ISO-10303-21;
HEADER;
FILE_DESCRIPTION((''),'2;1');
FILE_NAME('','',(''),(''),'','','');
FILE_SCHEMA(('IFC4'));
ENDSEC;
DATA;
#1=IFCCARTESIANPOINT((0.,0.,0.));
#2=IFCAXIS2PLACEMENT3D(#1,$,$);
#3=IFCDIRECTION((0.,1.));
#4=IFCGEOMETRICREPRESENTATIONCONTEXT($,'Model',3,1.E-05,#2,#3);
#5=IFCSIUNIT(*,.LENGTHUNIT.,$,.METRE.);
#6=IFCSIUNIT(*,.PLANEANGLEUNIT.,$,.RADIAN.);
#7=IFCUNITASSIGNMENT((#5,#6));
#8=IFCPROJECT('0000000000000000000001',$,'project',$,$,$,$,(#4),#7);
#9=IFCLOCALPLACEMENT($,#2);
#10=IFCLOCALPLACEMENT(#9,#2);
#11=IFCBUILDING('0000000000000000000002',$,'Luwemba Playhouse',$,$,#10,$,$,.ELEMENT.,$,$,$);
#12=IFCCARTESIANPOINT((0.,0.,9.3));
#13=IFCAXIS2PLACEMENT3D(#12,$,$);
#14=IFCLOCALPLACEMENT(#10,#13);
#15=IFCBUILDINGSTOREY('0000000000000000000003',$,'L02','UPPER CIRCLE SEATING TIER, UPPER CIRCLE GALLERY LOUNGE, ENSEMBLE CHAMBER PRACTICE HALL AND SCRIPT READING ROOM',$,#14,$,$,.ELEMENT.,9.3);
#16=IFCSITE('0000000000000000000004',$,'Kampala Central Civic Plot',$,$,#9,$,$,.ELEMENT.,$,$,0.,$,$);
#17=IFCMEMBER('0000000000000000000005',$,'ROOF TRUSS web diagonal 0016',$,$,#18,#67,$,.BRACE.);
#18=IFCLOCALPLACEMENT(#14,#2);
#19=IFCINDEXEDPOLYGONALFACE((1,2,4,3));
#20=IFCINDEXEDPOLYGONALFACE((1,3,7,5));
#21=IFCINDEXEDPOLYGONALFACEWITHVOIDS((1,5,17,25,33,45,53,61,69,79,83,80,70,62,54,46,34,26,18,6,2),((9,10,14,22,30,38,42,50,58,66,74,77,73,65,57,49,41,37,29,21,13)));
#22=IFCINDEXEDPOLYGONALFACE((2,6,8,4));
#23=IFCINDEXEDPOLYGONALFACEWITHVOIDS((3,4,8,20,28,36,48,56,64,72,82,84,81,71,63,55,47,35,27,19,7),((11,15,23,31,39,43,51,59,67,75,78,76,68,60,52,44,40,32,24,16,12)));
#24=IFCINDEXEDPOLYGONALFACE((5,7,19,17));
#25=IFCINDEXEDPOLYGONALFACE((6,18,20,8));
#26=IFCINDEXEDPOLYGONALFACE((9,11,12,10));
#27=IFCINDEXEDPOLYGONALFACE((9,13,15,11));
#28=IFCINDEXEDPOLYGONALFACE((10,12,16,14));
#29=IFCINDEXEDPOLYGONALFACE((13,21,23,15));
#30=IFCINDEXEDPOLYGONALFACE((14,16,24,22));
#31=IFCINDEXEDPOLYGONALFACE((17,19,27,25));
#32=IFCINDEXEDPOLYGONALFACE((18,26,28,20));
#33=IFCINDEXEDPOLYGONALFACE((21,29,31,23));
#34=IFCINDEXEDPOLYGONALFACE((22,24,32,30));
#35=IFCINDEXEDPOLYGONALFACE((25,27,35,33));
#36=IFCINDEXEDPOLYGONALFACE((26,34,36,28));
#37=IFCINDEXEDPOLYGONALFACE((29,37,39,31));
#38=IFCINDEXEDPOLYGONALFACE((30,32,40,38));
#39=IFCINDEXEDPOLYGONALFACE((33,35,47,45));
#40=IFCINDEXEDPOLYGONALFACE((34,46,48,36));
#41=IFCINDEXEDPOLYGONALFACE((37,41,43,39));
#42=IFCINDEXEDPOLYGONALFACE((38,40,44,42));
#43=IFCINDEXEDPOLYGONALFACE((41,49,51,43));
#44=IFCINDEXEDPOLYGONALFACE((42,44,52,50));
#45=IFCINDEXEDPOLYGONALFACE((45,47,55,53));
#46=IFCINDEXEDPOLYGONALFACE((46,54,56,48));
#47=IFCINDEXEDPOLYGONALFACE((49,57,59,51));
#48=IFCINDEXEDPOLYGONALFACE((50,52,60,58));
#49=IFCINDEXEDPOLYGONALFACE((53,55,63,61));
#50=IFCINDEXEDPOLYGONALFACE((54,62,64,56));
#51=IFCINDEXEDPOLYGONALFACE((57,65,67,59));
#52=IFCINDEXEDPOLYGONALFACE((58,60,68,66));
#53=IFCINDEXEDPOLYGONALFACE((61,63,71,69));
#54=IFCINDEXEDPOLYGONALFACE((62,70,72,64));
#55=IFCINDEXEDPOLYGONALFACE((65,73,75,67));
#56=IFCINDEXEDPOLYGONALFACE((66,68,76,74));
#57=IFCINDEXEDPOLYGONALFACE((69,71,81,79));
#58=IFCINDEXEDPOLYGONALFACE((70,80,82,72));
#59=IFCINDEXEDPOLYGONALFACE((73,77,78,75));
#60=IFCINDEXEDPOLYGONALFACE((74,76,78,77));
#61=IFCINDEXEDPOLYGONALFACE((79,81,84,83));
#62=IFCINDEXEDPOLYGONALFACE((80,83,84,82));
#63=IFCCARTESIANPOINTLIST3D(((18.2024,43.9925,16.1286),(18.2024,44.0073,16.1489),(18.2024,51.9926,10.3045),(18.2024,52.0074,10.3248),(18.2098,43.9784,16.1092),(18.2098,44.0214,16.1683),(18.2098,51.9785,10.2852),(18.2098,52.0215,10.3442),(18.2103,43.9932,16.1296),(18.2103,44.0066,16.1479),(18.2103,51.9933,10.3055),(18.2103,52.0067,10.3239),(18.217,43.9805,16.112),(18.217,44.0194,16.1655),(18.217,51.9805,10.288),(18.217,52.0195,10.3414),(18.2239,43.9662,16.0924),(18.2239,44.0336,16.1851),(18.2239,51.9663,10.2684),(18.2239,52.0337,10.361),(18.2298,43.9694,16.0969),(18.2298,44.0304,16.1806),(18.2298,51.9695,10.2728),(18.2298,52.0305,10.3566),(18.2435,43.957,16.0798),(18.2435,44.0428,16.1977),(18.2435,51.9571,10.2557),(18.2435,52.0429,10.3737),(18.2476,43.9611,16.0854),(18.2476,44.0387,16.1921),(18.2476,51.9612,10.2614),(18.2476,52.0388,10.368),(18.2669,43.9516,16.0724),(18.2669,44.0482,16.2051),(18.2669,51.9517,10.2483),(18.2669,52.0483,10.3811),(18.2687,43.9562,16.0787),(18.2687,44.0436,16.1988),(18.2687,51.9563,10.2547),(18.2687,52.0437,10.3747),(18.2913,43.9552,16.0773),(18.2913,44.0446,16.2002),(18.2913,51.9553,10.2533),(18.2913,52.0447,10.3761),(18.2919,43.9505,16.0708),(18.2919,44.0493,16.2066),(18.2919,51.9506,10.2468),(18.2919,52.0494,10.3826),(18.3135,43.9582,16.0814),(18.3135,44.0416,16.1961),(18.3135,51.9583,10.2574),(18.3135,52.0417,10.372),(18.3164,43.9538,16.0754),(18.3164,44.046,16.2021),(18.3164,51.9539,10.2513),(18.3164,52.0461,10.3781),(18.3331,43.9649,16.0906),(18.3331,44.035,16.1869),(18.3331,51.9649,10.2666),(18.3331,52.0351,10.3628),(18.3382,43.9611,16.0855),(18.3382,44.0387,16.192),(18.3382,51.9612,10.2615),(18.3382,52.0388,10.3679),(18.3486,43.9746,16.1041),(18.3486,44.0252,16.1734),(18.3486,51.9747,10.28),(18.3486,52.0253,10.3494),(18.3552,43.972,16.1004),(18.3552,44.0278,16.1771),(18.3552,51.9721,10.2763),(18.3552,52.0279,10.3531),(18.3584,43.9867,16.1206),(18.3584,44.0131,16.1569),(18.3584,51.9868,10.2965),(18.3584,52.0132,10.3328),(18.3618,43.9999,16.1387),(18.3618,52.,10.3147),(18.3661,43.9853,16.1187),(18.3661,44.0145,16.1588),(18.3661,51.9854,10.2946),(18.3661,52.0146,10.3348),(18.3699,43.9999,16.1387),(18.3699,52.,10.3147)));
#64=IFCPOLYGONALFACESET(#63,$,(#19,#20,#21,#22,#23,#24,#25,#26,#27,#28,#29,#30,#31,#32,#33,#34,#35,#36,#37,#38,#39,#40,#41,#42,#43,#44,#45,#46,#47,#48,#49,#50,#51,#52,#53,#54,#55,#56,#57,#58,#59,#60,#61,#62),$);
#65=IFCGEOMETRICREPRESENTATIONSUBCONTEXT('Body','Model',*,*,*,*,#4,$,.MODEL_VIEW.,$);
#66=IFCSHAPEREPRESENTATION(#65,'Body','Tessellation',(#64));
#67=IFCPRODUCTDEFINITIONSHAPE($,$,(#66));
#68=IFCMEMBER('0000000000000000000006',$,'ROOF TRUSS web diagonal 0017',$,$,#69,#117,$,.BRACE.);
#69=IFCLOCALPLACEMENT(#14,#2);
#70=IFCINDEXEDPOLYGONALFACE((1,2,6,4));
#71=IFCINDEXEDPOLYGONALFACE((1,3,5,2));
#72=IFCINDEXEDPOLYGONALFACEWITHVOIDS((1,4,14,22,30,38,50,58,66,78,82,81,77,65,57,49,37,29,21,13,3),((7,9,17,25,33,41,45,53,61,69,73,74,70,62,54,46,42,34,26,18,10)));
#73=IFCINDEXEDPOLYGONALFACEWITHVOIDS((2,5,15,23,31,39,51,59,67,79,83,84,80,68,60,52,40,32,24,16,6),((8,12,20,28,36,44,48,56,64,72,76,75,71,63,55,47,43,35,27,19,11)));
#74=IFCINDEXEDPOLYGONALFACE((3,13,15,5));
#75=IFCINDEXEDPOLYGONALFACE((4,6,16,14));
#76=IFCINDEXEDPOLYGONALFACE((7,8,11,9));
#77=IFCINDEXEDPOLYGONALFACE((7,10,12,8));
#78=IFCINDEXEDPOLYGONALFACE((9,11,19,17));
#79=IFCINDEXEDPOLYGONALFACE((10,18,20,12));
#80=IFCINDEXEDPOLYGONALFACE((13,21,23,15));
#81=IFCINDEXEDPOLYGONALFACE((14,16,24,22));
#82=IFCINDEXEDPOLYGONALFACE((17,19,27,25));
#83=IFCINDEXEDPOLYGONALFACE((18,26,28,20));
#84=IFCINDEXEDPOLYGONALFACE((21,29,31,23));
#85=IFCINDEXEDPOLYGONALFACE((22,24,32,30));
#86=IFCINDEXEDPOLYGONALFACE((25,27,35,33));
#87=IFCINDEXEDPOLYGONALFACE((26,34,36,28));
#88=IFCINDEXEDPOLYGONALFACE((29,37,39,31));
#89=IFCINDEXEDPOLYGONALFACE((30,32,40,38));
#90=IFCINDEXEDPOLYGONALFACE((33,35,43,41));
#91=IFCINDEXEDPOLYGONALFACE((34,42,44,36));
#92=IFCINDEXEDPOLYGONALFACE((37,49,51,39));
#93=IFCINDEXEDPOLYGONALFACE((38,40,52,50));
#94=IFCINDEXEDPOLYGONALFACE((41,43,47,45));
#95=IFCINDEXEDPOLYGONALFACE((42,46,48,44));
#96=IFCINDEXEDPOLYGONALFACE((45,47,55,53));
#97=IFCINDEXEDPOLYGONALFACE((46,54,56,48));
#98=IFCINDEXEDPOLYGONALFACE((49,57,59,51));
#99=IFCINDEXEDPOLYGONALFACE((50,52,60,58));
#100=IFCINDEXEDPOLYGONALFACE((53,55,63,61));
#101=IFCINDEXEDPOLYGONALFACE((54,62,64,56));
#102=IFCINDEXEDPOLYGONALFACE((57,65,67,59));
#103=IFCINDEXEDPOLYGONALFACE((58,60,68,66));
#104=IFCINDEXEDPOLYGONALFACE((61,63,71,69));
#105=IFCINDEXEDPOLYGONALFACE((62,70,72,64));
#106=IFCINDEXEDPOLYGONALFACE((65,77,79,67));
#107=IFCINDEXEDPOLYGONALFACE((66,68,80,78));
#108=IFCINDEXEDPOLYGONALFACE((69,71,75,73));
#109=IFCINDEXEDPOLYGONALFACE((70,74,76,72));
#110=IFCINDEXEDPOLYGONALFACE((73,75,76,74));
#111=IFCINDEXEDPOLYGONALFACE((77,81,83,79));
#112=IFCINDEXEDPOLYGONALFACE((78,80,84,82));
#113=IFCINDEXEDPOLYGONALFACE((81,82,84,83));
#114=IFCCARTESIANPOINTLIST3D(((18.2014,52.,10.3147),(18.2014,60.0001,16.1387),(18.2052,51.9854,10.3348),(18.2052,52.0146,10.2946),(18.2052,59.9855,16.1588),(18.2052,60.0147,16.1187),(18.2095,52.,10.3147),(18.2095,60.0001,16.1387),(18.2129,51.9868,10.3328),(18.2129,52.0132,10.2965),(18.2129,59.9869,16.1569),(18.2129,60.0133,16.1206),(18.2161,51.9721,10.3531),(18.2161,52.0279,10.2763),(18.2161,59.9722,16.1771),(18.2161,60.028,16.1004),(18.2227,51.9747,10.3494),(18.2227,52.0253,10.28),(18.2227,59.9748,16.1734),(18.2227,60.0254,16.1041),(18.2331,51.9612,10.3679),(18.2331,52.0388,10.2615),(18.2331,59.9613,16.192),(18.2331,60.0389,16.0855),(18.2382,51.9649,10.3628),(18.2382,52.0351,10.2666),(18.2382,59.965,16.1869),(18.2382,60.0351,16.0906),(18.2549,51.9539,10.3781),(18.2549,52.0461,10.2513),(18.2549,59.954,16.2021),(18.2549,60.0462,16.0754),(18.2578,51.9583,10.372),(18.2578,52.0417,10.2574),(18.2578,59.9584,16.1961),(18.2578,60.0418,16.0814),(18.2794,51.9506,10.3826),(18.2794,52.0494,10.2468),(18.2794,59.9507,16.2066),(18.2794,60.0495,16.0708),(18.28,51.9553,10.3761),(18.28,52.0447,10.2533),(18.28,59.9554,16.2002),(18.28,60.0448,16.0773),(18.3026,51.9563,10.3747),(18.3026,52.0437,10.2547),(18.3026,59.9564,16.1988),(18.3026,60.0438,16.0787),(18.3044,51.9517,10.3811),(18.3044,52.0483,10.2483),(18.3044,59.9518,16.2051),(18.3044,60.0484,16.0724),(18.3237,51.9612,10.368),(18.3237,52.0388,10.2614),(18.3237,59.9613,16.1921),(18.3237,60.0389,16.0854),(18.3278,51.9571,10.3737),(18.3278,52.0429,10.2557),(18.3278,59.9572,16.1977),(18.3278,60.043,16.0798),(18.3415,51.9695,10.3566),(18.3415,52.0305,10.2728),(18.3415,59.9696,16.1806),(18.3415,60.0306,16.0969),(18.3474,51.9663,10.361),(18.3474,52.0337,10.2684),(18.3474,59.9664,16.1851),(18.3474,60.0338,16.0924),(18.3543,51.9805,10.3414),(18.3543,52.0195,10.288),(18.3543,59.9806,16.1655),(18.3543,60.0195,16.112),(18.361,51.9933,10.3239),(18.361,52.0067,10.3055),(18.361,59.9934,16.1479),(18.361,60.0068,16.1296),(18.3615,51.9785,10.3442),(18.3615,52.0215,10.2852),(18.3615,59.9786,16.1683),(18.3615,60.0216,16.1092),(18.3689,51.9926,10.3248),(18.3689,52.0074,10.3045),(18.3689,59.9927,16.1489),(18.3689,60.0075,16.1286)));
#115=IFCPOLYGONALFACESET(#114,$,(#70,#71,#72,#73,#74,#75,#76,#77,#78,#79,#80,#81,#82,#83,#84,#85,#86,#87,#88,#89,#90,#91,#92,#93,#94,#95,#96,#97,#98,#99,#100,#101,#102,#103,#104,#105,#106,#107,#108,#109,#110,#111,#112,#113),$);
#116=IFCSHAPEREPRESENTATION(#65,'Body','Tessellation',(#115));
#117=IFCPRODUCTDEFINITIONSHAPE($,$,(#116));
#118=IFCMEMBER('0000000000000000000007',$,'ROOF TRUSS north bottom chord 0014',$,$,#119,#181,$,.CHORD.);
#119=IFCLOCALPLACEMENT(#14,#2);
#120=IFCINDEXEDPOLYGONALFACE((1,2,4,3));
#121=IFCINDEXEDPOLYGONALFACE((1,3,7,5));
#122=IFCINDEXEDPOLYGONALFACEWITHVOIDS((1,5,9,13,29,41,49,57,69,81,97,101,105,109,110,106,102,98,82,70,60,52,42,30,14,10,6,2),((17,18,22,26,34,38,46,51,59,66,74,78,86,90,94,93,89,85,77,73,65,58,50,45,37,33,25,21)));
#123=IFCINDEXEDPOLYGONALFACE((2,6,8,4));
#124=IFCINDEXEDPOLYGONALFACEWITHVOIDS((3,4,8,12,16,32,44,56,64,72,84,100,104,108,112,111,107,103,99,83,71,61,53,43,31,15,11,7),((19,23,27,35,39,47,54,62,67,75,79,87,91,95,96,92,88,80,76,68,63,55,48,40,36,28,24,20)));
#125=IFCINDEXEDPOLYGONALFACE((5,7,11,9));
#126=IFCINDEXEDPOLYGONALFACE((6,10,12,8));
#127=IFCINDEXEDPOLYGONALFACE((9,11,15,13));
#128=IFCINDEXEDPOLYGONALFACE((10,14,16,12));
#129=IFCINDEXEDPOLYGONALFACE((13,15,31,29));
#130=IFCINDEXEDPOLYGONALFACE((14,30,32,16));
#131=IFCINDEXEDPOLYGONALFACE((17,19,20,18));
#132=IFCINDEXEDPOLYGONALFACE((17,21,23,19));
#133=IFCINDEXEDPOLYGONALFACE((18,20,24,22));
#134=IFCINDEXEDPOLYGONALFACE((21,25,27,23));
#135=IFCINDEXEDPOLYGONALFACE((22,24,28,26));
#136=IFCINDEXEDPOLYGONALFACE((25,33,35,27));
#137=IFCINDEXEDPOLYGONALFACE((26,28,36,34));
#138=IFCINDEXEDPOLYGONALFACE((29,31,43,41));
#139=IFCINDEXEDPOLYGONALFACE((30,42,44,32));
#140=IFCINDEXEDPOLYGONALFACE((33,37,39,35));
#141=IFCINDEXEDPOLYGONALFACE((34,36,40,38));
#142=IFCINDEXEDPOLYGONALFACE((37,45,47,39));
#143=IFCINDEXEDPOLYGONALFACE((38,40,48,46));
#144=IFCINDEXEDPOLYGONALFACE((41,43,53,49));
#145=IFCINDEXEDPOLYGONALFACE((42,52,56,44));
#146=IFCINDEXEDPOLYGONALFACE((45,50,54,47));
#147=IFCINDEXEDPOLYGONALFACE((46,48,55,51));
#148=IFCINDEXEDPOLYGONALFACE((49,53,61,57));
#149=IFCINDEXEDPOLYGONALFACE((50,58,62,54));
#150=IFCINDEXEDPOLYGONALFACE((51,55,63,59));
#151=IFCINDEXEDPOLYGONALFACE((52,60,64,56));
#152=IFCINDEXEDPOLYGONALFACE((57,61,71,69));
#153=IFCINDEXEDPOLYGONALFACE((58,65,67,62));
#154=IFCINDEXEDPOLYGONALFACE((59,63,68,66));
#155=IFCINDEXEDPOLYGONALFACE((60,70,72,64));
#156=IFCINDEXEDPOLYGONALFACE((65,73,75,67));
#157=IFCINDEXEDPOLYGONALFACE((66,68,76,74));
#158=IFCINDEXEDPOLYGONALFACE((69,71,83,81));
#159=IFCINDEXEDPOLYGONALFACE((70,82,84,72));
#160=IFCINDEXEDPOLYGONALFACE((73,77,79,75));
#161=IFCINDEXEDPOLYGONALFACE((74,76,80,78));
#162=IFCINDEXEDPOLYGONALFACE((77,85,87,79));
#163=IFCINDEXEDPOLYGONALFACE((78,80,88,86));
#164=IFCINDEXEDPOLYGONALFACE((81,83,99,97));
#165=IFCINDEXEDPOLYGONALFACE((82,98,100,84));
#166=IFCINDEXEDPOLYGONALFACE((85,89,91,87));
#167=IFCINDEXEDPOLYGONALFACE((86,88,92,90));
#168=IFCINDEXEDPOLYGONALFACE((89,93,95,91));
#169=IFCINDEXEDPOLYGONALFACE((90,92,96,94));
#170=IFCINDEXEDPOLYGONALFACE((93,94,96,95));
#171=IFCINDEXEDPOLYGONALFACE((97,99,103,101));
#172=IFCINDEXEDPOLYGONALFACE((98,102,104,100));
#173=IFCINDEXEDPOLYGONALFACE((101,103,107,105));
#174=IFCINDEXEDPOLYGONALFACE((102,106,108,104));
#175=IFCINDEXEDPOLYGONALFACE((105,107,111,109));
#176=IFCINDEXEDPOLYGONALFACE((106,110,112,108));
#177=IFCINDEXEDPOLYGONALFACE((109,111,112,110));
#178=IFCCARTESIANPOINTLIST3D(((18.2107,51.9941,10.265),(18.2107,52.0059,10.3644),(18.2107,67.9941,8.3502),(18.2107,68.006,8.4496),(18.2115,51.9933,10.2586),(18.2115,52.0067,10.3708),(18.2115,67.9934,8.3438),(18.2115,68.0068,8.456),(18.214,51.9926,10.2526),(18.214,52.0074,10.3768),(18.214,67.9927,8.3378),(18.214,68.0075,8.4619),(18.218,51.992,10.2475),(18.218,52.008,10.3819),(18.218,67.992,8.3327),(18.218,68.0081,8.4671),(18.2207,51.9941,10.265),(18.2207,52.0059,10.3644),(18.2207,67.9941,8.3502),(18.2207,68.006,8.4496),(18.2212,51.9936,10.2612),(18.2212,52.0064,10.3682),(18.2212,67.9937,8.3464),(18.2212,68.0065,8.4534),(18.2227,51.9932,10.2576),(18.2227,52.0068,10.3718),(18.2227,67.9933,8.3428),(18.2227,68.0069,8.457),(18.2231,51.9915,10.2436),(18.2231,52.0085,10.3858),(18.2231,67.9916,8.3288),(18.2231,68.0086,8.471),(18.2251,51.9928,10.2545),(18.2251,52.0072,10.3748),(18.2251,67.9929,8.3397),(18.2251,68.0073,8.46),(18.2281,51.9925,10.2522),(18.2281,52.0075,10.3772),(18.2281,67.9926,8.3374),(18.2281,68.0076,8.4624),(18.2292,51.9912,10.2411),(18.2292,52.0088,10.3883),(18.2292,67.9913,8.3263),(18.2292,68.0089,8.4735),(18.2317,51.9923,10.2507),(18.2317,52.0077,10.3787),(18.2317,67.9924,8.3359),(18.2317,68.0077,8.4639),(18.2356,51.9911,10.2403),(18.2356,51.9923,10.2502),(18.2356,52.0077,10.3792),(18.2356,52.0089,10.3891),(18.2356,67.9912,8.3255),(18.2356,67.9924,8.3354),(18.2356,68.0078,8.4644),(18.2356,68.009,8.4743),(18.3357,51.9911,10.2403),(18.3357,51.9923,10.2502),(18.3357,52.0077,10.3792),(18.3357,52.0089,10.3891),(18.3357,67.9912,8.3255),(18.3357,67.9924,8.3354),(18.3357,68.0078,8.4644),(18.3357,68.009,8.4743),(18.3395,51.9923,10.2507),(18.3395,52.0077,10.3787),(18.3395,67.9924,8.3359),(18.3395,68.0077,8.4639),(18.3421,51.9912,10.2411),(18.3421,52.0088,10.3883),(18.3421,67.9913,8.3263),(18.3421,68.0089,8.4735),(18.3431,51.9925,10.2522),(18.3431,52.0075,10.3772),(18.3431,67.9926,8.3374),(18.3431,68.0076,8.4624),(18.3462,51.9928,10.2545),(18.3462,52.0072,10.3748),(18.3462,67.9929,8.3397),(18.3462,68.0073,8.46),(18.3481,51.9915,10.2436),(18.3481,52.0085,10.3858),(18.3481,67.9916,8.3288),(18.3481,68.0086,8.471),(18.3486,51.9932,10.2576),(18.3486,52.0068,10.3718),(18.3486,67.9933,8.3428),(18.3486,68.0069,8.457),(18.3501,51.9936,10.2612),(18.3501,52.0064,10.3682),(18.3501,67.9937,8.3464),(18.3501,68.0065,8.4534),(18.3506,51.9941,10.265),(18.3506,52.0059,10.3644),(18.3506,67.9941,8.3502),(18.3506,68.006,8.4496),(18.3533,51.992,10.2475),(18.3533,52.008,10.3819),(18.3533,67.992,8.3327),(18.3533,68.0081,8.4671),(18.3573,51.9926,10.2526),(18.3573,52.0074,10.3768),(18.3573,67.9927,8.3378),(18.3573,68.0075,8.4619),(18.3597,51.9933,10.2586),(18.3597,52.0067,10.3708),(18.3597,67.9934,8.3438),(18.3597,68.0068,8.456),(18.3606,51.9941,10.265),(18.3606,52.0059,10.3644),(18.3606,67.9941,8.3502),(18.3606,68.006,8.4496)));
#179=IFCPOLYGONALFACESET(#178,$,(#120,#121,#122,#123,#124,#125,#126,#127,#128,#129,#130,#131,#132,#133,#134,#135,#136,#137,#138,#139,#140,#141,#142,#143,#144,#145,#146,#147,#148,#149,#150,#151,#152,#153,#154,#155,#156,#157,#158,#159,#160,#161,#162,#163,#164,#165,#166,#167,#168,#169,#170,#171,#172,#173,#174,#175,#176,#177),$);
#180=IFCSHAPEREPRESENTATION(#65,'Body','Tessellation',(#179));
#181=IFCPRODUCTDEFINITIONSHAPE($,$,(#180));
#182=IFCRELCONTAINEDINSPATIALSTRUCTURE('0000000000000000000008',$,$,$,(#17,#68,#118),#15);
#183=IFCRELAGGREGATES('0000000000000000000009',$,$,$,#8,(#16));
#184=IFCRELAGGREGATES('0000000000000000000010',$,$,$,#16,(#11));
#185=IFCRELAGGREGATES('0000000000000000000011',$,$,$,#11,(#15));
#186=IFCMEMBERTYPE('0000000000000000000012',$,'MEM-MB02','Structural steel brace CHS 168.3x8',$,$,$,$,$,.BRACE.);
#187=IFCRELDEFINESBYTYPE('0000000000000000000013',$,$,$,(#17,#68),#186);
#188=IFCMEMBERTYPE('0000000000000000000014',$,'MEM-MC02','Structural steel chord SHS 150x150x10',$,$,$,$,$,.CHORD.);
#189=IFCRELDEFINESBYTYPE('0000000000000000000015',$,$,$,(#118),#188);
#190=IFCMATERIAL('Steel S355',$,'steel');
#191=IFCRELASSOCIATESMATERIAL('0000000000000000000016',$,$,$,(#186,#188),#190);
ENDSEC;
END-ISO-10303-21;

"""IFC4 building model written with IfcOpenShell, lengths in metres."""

from ifc_helpers import new_model, si_unit, direction, frame, origin, origin_2d, place, context, subcontext, project, spatial, hollow_rectangle, hollow_circle, extrude, material, material_profile, profile_set, type_object, element, save


model = new_model("IFC4")

# Units and contexts
model_context = context("Model", 3, precision=1e-05, world=origin(), true_north=direction((0.0, 1.0)))
body_context = subcontext(model_context, "Body", "Model", "MODEL_VIEW")
ifc_project = project(units=[si_unit("LENGTHUNIT", "METRE"), si_unit("PLANEANGLEUNIT", "RADIAN")], contexts=[model_context])

# Site, building, storey
site_placement = place(None, origin())
site = spatial("IfcSite", under=ifc_project, at=site_placement, Name="Kampala Central Civic Plot", CompositionType="ELEMENT", RefElevation=0.0)
building_placement = place(site_placement, origin())
building = spatial("IfcBuilding", under=site, at=building_placement, Name="Luwemba Playhouse", CompositionType="ELEMENT")
storey_placement = place(building_placement, frame((0.0, 0.0, 9.3)))
storey = spatial("IfcBuildingStorey", under=building, at=storey_placement, Name="L02", Description="UPPER CIRCLE SEATING TIER, UPPER CIRCLE GALLERY LOUNGE, ENSEMBLE CHAMBER PRACTICE HALL AND SCRIPT READING ROOM", CompositionType="ELEMENT", Elevation=9.3)

# Shared definitions
ifc_material_1 = material(Name="Steel S355", Category="steel")

# Members
ifc_material_profile_1 = material_profile(ifc_material_1, hollow_circle(Radius=0.0842, WallThickness=0.0081, at=origin_2d()))
ifc_profile_set_1 = profile_set([ifc_material_profile_1], Name="Steel S355")
member_type_1 = type_object("IfcMemberType", Name="MEM-MB02", Description="Structural steel brace CHS 168.3x8", PredefinedType="BRACE", material=ifc_profile_set_1)
for number, where, z_axis, x_axis, name in (
    (1, (18.2856, 52.0, 10.3147), (0.0, -0.808458, 0.588555), (1.0, 0.0, 0.0), "ROOF TRUSS web diagonal 0016"),
    (2, (18.2856, 52.0, 10.3147), (0.0, 0.808458, 0.588555), (-1.0, 0.0, 0.0), "ROOF TRUSS web diagonal 0017"),
):
    element("IfcMember", number, at=place(storey_placement, frame(where, z_axis=z_axis, x_axis=x_axis)), inside=storey, type_object=member_type_1, Name=name, PredefinedType="BRACE", context=body_context, shape_type="SweptSolid", body=[
        extrude(hollow_circle(Radius=0.0842, WallThickness=0.0081, at=origin_2d()), origin(), (0.0, 0.0, 1.0), 9.8955),
    ])
ifc_material_profile_2 = material_profile(ifc_material_1, hollow_rectangle(XDim=0.1499, YDim=0.1499, WallThickness=0.01, InnerFilletRadius=0.0149, OuterFilletRadius=0.0249, at=origin_2d()))
ifc_profile_set_2 = profile_set([ifc_material_profile_2], Name="Steel S355")
member_type_2 = type_object("IfcMemberType", Name="MEM-MC02", Description="Structural steel chord SHS 150x150x10", PredefinedType="CHORD", material=ifc_profile_set_2)
member_1_placement = place(storey_placement, frame((18.2856, 52.0, 10.3147), z_axis=(0.0, 0.992915, -0.118827), x_axis=(-1.0, 0.0, 0.0)))
element("IfcMember", 3, at=member_1_placement, inside=storey, type_object=member_type_2, Name="ROOF TRUSS north bottom chord 0014", PredefinedType="CHORD", context=body_context, shape_type="SweptSolid", body=[
    extrude(hollow_rectangle(XDim=0.1499, YDim=0.1499, WallThickness=0.01, InnerFilletRadius=0.0149, OuterFilletRadius=0.0249, at=origin_2d()), origin(), (0.0, 0.0, 1.0), 16.1143),
])

save(model, "model.ifc")
